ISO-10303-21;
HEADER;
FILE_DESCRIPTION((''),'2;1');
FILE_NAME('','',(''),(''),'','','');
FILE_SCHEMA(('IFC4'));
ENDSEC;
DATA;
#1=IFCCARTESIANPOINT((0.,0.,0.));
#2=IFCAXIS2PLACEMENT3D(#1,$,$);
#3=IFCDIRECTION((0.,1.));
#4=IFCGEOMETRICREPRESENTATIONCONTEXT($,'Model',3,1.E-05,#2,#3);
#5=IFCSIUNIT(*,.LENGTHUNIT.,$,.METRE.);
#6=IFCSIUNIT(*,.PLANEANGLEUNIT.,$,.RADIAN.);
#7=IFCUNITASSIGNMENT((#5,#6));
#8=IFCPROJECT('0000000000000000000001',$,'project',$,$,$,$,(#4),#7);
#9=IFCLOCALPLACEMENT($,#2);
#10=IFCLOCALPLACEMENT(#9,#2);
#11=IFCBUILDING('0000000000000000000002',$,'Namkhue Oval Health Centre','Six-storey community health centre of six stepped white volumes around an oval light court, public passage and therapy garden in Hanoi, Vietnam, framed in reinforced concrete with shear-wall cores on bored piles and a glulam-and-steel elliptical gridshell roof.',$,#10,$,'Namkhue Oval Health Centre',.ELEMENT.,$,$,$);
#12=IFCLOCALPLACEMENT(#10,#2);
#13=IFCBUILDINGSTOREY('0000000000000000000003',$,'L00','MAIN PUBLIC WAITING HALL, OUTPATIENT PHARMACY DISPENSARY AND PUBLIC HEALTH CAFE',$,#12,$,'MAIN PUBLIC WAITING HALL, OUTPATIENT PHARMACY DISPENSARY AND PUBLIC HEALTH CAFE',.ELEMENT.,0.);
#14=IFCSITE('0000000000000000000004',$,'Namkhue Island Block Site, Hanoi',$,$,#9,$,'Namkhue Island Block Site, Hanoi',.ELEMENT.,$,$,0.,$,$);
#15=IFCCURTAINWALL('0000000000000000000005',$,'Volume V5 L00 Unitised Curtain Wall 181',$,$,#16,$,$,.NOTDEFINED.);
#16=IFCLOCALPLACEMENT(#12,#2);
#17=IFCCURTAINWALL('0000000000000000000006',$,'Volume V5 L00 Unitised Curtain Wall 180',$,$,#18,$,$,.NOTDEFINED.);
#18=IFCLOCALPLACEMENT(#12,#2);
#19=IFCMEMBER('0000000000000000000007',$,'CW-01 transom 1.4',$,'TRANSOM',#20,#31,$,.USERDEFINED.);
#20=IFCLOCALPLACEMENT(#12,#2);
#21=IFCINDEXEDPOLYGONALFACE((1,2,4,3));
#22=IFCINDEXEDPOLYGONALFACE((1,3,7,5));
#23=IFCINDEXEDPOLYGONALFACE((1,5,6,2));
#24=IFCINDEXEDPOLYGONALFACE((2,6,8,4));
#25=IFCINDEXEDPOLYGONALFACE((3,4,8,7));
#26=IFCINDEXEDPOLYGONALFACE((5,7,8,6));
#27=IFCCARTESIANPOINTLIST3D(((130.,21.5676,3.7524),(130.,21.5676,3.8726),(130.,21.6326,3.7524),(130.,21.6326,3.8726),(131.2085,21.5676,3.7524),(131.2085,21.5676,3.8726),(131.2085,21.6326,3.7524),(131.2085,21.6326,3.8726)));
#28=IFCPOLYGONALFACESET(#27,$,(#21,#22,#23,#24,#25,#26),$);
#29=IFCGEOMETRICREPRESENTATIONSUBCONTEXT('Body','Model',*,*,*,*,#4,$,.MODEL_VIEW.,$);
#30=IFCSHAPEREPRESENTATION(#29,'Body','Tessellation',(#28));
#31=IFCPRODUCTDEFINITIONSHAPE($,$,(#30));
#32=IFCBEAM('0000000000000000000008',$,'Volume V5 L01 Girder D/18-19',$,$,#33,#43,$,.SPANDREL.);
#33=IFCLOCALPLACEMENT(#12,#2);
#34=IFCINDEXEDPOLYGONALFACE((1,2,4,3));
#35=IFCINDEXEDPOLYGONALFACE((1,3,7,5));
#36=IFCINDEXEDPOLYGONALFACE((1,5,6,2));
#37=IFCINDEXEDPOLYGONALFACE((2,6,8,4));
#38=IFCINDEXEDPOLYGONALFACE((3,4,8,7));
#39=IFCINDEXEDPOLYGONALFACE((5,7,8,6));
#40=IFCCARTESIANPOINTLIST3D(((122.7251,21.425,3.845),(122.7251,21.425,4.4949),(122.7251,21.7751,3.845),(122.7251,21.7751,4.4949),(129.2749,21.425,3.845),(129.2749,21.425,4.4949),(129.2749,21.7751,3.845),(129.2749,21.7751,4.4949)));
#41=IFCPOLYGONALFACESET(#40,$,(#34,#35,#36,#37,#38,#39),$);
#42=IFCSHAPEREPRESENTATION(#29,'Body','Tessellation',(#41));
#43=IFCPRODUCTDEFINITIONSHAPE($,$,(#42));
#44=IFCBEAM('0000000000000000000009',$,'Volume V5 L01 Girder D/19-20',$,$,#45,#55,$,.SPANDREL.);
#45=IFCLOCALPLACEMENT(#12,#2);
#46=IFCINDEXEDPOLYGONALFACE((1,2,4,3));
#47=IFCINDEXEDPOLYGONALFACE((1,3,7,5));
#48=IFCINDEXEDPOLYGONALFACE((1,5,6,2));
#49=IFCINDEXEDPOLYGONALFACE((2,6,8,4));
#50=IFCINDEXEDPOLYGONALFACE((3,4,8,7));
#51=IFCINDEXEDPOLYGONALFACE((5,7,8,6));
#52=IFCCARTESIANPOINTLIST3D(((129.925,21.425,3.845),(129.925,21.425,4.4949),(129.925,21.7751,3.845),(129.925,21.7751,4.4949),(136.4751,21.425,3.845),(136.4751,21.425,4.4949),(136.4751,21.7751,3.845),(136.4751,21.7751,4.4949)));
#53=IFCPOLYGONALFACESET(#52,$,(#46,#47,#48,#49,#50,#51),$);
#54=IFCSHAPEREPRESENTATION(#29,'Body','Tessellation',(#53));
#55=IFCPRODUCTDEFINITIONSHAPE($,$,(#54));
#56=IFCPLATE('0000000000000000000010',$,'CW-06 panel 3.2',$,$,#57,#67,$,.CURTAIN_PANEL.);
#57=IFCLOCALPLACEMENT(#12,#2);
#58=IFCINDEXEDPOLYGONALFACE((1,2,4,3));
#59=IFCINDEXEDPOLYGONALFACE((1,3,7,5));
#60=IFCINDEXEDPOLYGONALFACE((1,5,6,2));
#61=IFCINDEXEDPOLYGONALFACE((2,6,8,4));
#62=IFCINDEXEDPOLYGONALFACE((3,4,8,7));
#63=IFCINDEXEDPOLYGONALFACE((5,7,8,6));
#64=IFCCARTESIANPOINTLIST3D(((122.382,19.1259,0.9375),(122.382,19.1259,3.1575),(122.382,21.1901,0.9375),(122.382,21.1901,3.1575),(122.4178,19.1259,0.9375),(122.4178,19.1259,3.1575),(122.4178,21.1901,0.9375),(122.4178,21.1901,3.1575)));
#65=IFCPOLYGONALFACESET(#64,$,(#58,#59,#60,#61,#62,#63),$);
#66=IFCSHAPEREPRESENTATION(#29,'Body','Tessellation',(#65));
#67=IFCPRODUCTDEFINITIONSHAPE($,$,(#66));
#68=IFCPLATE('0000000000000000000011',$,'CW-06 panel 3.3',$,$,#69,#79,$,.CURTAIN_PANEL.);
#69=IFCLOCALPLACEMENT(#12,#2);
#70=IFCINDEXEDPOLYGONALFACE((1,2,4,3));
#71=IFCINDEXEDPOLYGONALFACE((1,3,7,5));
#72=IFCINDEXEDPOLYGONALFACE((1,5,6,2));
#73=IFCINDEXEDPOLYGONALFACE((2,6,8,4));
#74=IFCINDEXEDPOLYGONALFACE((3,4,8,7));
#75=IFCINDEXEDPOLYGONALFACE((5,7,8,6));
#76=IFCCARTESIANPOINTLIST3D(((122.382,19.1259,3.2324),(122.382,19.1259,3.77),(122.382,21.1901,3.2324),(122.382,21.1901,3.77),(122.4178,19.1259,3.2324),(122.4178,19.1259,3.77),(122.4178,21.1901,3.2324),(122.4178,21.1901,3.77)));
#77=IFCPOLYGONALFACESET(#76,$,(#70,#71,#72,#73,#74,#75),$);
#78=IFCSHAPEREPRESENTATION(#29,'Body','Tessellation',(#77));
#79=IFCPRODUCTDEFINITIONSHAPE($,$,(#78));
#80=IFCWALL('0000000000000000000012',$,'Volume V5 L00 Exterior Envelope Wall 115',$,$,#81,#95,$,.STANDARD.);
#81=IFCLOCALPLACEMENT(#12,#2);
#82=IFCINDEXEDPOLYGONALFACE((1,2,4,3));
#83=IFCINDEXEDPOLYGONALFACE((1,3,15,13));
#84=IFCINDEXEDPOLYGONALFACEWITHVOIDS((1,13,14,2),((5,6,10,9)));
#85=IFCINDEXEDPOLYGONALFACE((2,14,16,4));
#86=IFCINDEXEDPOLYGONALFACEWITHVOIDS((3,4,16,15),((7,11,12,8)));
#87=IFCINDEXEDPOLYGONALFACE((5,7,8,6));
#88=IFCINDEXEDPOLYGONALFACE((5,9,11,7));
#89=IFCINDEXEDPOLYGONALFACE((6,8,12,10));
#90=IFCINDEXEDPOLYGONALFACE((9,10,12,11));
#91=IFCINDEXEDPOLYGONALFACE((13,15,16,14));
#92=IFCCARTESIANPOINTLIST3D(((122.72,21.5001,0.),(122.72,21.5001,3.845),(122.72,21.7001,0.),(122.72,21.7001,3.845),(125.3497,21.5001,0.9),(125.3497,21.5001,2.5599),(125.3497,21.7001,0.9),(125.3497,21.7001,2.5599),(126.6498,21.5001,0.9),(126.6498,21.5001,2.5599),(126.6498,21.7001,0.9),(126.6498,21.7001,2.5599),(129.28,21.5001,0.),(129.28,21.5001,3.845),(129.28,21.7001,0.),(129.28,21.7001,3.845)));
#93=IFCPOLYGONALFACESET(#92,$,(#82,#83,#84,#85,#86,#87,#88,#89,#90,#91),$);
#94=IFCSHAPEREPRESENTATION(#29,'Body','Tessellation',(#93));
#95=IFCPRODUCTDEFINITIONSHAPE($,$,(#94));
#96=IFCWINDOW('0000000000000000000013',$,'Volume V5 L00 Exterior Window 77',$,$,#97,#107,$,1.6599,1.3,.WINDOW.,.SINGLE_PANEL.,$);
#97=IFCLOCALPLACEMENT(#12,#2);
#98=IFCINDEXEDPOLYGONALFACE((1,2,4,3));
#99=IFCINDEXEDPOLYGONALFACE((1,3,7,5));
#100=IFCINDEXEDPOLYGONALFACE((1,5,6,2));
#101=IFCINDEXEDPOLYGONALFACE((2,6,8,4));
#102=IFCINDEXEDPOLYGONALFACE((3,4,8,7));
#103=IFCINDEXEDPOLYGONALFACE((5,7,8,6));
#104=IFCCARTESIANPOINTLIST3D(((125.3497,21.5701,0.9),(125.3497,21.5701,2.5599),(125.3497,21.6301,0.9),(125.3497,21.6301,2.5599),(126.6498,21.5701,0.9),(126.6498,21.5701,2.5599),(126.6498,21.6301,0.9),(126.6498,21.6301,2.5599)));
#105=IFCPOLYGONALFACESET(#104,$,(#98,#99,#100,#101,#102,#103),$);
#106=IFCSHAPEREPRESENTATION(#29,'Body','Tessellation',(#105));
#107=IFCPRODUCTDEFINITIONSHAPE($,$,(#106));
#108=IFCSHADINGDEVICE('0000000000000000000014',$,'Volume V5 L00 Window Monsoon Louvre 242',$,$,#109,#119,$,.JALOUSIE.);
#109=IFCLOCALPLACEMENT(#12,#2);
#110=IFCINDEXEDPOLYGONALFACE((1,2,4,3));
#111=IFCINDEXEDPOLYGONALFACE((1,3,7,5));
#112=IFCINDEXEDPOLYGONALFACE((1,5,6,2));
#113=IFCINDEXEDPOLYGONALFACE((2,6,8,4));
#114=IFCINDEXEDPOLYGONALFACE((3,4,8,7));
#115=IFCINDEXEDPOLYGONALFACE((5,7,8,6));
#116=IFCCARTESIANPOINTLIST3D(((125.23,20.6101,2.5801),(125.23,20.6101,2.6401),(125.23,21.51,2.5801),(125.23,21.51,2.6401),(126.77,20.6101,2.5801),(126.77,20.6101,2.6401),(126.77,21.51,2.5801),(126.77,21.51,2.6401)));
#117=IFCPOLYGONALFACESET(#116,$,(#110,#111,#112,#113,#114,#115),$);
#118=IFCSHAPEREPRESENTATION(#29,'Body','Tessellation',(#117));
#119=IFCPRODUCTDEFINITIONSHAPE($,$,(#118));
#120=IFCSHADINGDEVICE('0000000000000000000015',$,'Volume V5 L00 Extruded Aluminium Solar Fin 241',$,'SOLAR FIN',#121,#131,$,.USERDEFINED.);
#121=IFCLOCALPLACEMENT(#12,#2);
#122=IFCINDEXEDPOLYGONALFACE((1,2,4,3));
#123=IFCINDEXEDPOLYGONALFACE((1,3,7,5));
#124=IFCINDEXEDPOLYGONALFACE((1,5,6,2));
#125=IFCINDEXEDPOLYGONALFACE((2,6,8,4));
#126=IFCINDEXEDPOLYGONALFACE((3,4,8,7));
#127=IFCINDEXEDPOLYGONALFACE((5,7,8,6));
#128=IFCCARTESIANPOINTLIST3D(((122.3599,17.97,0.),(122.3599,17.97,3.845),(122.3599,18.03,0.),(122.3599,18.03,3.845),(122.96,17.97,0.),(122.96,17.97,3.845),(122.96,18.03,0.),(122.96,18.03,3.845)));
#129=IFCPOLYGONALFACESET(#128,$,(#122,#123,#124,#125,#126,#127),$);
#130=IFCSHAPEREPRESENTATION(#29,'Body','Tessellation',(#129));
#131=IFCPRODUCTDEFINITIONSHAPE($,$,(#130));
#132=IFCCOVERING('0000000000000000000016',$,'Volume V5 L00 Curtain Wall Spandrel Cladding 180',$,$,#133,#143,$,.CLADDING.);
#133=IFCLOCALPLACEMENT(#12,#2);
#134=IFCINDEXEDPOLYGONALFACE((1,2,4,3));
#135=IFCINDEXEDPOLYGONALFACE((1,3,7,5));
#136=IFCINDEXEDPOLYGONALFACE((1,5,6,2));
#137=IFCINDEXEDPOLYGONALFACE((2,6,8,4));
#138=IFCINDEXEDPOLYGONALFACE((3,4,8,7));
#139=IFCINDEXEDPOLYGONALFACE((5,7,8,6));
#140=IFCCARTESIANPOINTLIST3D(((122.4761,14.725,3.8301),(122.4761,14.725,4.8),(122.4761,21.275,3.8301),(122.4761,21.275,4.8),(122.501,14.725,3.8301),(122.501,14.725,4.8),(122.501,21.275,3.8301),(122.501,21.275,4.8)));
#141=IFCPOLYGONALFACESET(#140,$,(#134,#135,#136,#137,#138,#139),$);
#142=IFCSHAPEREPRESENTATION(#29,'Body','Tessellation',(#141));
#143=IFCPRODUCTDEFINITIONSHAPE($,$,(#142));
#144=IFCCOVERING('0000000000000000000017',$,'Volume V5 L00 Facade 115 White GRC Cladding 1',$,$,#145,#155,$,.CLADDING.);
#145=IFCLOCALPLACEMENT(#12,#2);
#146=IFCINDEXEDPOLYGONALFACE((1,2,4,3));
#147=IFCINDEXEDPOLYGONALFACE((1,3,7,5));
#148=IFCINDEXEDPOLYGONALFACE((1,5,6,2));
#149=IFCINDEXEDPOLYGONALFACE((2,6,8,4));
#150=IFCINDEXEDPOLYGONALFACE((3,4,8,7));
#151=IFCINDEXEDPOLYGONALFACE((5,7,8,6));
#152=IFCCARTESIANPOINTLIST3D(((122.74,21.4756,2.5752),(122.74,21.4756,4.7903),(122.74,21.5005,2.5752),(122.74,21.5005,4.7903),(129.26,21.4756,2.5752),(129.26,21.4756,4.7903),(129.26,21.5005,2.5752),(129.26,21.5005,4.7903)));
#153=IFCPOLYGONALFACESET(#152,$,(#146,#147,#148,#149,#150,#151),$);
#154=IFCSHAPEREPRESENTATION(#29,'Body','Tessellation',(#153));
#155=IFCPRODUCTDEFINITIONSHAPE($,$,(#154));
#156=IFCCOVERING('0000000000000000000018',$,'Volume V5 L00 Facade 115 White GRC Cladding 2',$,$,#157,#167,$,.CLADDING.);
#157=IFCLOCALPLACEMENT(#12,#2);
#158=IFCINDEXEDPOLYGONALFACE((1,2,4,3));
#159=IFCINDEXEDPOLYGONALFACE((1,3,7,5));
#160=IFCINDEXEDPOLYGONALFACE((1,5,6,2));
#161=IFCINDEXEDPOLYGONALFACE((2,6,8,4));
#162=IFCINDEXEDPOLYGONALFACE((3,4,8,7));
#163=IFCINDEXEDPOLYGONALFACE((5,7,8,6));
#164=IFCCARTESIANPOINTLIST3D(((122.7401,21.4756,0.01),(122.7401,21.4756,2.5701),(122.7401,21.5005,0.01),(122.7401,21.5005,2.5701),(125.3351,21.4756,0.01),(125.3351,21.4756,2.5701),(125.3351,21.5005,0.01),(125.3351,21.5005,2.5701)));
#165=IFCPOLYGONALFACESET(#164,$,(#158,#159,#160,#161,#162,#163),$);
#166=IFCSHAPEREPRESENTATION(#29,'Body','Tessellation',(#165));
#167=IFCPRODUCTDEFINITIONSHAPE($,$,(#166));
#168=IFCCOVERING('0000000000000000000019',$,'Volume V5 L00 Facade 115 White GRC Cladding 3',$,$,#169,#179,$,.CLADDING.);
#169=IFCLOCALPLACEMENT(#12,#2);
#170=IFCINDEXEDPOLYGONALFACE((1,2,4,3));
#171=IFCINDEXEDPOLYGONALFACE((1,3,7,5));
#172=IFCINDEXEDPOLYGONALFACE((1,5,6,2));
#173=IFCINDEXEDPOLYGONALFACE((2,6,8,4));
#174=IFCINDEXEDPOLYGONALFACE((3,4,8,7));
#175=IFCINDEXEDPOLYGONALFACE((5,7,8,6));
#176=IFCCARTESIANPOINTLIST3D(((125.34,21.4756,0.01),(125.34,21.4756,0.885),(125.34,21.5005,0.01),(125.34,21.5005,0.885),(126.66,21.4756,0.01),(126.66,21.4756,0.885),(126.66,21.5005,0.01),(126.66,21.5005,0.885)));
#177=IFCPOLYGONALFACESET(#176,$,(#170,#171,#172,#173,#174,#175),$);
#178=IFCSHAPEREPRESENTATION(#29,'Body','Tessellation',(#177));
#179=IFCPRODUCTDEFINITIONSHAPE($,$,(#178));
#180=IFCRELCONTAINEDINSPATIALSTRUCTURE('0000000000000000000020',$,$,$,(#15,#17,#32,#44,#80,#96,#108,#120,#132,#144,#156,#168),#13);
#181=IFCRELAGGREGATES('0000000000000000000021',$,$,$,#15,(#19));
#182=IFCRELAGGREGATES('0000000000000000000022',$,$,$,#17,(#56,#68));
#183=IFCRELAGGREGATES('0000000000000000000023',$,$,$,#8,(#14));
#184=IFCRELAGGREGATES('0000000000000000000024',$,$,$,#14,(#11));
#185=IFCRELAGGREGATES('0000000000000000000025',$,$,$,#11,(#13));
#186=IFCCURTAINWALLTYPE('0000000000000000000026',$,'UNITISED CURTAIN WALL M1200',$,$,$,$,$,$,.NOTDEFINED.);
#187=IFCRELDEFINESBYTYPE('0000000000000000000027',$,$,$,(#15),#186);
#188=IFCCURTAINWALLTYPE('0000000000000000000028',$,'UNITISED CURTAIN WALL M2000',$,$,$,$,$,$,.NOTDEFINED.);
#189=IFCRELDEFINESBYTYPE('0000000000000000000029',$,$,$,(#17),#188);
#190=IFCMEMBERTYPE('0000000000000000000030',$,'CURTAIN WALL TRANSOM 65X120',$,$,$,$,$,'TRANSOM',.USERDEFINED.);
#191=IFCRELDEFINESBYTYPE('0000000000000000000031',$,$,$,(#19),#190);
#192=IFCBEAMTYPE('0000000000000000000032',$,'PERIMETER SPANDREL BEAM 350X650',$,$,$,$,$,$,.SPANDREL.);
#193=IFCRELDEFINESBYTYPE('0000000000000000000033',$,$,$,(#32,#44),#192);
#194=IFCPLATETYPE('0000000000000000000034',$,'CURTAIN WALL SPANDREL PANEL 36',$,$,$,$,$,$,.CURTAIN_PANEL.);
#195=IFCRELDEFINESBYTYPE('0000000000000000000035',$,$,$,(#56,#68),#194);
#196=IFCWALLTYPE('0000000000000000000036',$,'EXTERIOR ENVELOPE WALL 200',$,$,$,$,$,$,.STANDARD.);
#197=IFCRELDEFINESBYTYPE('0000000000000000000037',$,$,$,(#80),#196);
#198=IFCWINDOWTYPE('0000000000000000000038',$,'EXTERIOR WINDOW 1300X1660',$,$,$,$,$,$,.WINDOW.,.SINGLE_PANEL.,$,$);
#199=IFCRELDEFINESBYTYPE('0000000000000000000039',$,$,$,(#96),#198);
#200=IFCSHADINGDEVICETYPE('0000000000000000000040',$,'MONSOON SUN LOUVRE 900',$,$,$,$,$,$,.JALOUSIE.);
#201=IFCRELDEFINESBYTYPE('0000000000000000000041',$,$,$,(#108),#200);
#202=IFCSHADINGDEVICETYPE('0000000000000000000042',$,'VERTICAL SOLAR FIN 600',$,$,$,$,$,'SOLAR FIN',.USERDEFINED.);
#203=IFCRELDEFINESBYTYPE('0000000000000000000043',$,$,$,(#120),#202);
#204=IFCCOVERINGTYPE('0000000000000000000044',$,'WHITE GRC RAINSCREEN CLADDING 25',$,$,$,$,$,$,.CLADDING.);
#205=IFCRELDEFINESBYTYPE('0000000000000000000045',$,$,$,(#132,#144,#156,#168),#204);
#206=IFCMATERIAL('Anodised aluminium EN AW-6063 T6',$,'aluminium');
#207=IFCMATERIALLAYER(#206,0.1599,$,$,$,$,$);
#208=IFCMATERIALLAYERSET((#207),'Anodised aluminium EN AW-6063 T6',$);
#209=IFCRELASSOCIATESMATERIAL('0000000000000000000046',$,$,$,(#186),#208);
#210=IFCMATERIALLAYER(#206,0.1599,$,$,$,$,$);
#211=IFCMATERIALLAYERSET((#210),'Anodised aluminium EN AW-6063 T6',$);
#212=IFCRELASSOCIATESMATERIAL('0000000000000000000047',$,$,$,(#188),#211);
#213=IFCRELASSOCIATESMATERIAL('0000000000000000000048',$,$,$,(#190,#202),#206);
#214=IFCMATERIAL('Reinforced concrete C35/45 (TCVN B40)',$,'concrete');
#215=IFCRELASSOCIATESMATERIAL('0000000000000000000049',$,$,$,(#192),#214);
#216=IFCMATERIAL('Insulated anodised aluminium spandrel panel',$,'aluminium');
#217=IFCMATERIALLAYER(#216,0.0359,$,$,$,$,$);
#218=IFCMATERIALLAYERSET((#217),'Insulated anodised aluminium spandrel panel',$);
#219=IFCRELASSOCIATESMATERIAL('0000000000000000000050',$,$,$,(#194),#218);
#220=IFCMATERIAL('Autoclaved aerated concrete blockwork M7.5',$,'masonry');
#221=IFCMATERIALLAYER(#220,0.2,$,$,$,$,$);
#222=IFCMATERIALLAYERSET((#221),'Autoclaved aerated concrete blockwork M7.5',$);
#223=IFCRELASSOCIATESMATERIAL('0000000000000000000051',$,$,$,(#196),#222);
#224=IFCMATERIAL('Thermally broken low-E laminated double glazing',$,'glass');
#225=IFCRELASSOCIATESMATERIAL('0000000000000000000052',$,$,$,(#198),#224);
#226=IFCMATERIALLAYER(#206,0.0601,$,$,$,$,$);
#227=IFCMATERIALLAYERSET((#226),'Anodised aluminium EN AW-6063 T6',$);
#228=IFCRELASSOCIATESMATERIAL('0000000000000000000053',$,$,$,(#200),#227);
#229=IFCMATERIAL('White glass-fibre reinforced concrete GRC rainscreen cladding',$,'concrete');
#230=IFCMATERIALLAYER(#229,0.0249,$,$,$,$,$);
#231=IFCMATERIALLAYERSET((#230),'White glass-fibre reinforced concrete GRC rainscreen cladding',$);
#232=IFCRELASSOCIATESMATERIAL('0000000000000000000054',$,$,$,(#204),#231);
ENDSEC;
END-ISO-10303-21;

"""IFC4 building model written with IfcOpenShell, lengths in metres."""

from ifc_helpers import new_model, si_unit, direction, frame, frame_2d, origin, origin_2d, place, context, subcontext, project, spatial, rectangle, extrude, material, layer, layer_set, material_profile, profile_set, type_object, element, fill, aggregate, save


model = new_model("IFC4")

# Units and contexts
model_context = context("Model", 3, precision=1e-05, world=origin(), true_north=direction((0.0, 1.0)))
body_context = subcontext(model_context, "Body", "Model", "MODEL_VIEW")
ifc_project = project(units=[si_unit("LENGTHUNIT", "METRE"), si_unit("PLANEANGLEUNIT", "RADIAN")], contexts=[model_context])

# Site, building, storey
site_placement = place(None, origin())
site = spatial("IfcSite", under=ifc_project, at=site_placement, Name="Namkhue Island Block Site, Hanoi", LongName="Namkhue Island Block Site, Hanoi", CompositionType="ELEMENT", RefElevation=0.0)
building_placement = place(site_placement, origin())
building = spatial("IfcBuilding", under=site, at=building_placement, Name="Namkhue Oval Health Centre", Description="Six-storey community health centre of six stepped white volumes around an oval light court, public passage and therapy garden in Hanoi, Vietnam, framed in reinforced concrete with shear-wall cores on bored piles and a glulam-and-steel elliptical gridshell roof.", LongName="Namkhue Oval Health Centre", CompositionType="ELEMENT")
storey_placement = place(building_placement, origin())
storey = spatial("IfcBuildingStorey", under=building, at=storey_placement, Name="L00", Description="MAIN PUBLIC WAITING HALL, OUTPATIENT PHARMACY DISPENSARY AND PUBLIC HEALTH CAFE", LongName="MAIN PUBLIC WAITING HALL, OUTPATIENT PHARMACY DISPENSARY AND PUBLIC HEALTH CAFE", CompositionType="ELEMENT", Elevation=0.0)

# Shared definitions
ifc_material_1 = material(Name="Reinforced concrete C35/45 (TCVN B40)", Category="concrete")

# Curtain walls
ifc_material_2 = material(Name="Anodised aluminium EN AW-6063 T6", Category="aluminium")
ifc_layer_1 = layer(ifc_material_2, 0.1599)
ifc_layer_set_1 = layer_set([ifc_layer_1], Name="Anodised aluminium EN AW-6063 T6")
curtain_wall_type_1 = type_object("IfcCurtainWallType", Name="UNITISED CURTAIN WALL M1200", PredefinedType="NOTDEFINED", material=ifc_layer_set_1)
curtain_wall_1_placement = place(storey_placement, origin())
curtain_wall_1 = element("IfcCurtainWall", 1, at=curtain_wall_1_placement, inside=storey, type_object=curtain_wall_type_1, Name="Volume V5 L00 Unitised Curtain Wall 181", PredefinedType="NOTDEFINED")
ifc_layer_2 = layer(ifc_material_2, 0.1599)
ifc_layer_set_2 = layer_set([ifc_layer_2], Name="Anodised aluminium EN AW-6063 T6")
curtain_wall_type_2 = type_object("IfcCurtainWallType", Name="UNITISED CURTAIN WALL M2000", PredefinedType="NOTDEFINED", material=ifc_layer_set_2)
curtain_wall_2_placement = place(storey_placement, origin())
curtain_wall_2 = element("IfcCurtainWall", 2, at=curtain_wall_2_placement, inside=storey, type_object=curtain_wall_type_2, Name="Volume V5 L00 Unitised Curtain Wall 180", PredefinedType="NOTDEFINED")

# Member
ifc_material_profile_1 = material_profile(ifc_material_2, rectangle(XDim=0.0649, YDim=0.1201, at=origin_2d()), Name="ALU 65x120")
ifc_profile_set_1 = profile_set([ifc_material_profile_1], Name="Anodised aluminium EN AW-6063 T6")
member_type_1 = type_object("IfcMemberType", Name="CURTAIN WALL TRANSOM 65X120", ElementType="TRANSOM", PredefinedType="USERDEFINED", material=ifc_profile_set_1)
member_1_placement = place(storey_placement, frame((130.0, 21.6001, 3.8125), z_axis=(1.0, 0.0, 0.0), x_axis=(0.0, 1.0, 0.0)))
member_1 = element("IfcMember", 3, at=member_1_placement, type_object=member_type_1, Name="CW-01 transom 1.4", ObjectType="TRANSOM", PredefinedType="USERDEFINED", context=body_context, shape_type="SweptSolid", body=[
    extrude(rectangle(XDim=0.0649, YDim=0.1201, at=origin_2d()), origin(), (0.0, 0.0, 1.0), 1.2085),
])
aggregate(curtain_wall_1, [member_1])

# Beams
ifc_material_profile_2 = material_profile(ifc_material_1, rectangle(XDim=0.3501, YDim=0.6499, at=origin_2d()), Name="RC 350x650")
ifc_profile_set_2 = profile_set([ifc_material_profile_2], Name="Reinforced concrete C35/45 (TCVN B40)")
beam_type = type_object("IfcBeamType", Name="PERIMETER SPANDREL BEAM 350X650", PredefinedType="SPANDREL", material=ifc_profile_set_2)
beam_1_placement = place(storey_placement, frame((122.7251, 21.6001, 4.1699), z_axis=(1.0, 0.0, 0.0), x_axis=(0.0, 1.0, 0.0)))
element("IfcBeam", 4, at=beam_1_placement, inside=storey, type_object=beam_type, Name="Volume V5 L01 Girder D/18-19", PredefinedType="SPANDREL", context=body_context, shape_type="SweptSolid", body=[
    extrude(rectangle(XDim=0.3501, YDim=0.6499, at=origin_2d()), origin(), (0.0, 0.0, 1.0), 6.5498),
])
beam_2_placement = place(storey_placement, frame((129.925, 21.6001, 4.1699), z_axis=(1.0, 0.0, 0.0), x_axis=(0.0, 1.0, 0.0)))
element("IfcBeam", 5, at=beam_2_placement, inside=storey, type_object=beam_type, Name="Volume V5 L01 Girder D/19-20", PredefinedType="SPANDREL", context=body_context, shape_type="SweptSolid", body=[
    extrude(rectangle(XDim=0.3501, YDim=0.6499, at=origin_2d()), origin(), (0.0, 0.0, 1.0), 6.55),
])

# Plates
ifc_material_3 = material(Name="Insulated anodised aluminium spandrel panel", Category="aluminium")
ifc_layer_3 = layer(ifc_material_3, 0.0359)
ifc_layer_set_3 = layer_set([ifc_layer_3], Name="Insulated anodised aluminium spandrel panel")
plate_type = type_object("IfcPlateType", Name="CURTAIN WALL SPANDREL PANEL 36", PredefinedType="CURTAIN_PANEL", material=ifc_layer_set_3)
plate_1_placement = place(storey_placement, frame((122.3999, 20.158, 0.9375), z_axis=(0.0, 0.0, 1.0), x_axis=(0.0, 1.0, 0.0)))
plate_1 = element("IfcPlate", 6, at=plate_1_placement, type_object=plate_type, Name="CW-06 panel 3.2", PredefinedType="CURTAIN_PANEL", context=body_context, shape_type="SweptSolid", body=[
    extrude(rectangle(XDim=2.0642, YDim=0.0359, at=origin_2d()), origin(), (0.0, 0.0, 1.0), 2.22),
])
plate_2_placement = place(storey_placement, frame((122.3999, 20.158, 3.2324), z_axis=(0.0, 0.0, 1.0), x_axis=(0.0, 1.0, 0.0)))
plate_2 = element("IfcPlate", 7, at=plate_2_placement, type_object=plate_type, Name="CW-06 panel 3.3", PredefinedType="CURTAIN_PANEL", context=body_context, shape_type="SweptSolid", body=[
    extrude(rectangle(XDim=2.0642, YDim=0.0359, at=origin_2d()), origin(), (0.0, 0.0, 1.0), 0.5376),
])
aggregate(curtain_wall_2, [plate_1, plate_2])

# Wall, opening, window
ifc_material_4 = material(Name="Autoclaved aerated concrete blockwork M7.5", Category="masonry")
ifc_layer_4 = layer(ifc_material_4, 0.2)
ifc_layer_set_4 = layer_set([ifc_layer_4], Name="Autoclaved aerated concrete blockwork M7.5")
wall_type = type_object("IfcWallType", Name="EXTERIOR ENVELOPE WALL 200", PredefinedType="STANDARD", material=ifc_layer_set_4)
wall_placement = place(storey_placement, frame((122.72, 21.6001, 0.0), z_axis=(0.0, 0.0, 1.0), x_axis=(1.0, 0.0, 0.0)))
wall = element("IfcWall", 8, at=wall_placement, inside=storey, type_object=wall_type, Name="Volume V5 L00 Exterior Envelope Wall 115", PredefinedType="STANDARD", context=body_context, shape_type="SweptSolid", body=[
    extrude(rectangle(XDim=6.5601, YDim=0.2, at=frame_2d((3.28, 0.0))), origin(), (0.0, 0.0, 1.0), 3.845),
])
opening_placement = place(wall_placement, frame((2.6299, 0.0, 0.8999)))
opening = element("IfcOpeningElement", 9, at=opening_placement, cuts=wall, PredefinedType="OPENING", context=body_context, shape_type="SweptSolid", body=[
    extrude(rectangle(XDim=1.3, YDim=1.6599, at=frame_2d((0.6499, 0.8301))), frame((0.0, 0.1099, 0.0), z_axis=(0.0, -1.0, 0.0), x_axis=(1.0, 0.0, 0.0)), (0.0, 0.0, 1.0), 0.22),
])
ifc_material_5 = material(Name="Thermally broken low-E laminated double glazing", Category="glass")
window_type = type_object("IfcWindowType", Name="EXTERIOR WINDOW 1300X1660", PartitioningType="SINGLE_PANEL", PredefinedType="WINDOW", material=ifc_material_5)
window_placement = place(opening_placement, origin())
window = element("IfcWindow", 10, at=window_placement, inside=storey, type_object=window_type, Name="Volume V5 L00 Exterior Window 77", OverallHeight=1.6599, OverallWidth=1.3, PartitioningType="SINGLE_PANEL", PredefinedType="WINDOW", context=body_context, shape_type="SweptSolid", body=[
    extrude(rectangle(XDim=1.3, YDim=1.6599, at=frame_2d((0.6499, 0.8301))), frame((0.0, 0.03, 0.0), z_axis=(0.0, -1.0, 0.0), x_axis=(1.0, 0.0, 0.0)), (0.0, 0.0, 1.0), 0.0601),
])
fill(opening, window)

# Shading devices
ifc_layer_5 = layer(ifc_material_2, 0.0601)
ifc_layer_set_5 = layer_set([ifc_layer_5], Name="Anodised aluminium EN AW-6063 T6")
shading_device_type_1 = type_object("IfcShadingDeviceType", Name="MONSOON SUN LOUVRE 900", PredefinedType="JALOUSIE", material=ifc_layer_set_5)
shading_device_1_placement = place(storey_placement, frame((126.0, 21.0601, 2.5801), z_axis=(0.0, 0.0, 1.0), x_axis=(1.0, 0.0, 0.0)))
element("IfcShadingDevice", 11, at=shading_device_1_placement, inside=storey, type_object=shading_device_type_1, Name="Volume V5 L00 Window Monsoon Louvre 242", PredefinedType="JALOUSIE", context=body_context, shape_type="SweptSolid", body=[
    extrude(rectangle(XDim=1.54, YDim=0.8999, at=origin_2d()), origin(), (0.0, 0.0, 1.0), 0.0601),
])
shading_device_type_2 = type_object("IfcShadingDeviceType", Name="VERTICAL SOLAR FIN 600", ElementType="SOLAR FIN", PredefinedType="USERDEFINED", material=ifc_material_2)
shading_device_2_placement = place(storey_placement, frame((122.6599, 18.0, 0.0), z_axis=(0.0, 0.0, 1.0), x_axis=(1.0, 0.0, 0.0)))
element("IfcShadingDevice", 12, at=shading_device_2_placement, inside=storey, type_object=shading_device_type_2, Name="Volume V5 L00 Extruded Aluminium Solar Fin 241", ObjectType="SOLAR FIN", PredefinedType="USERDEFINED", context=body_context, shape_type="SweptSolid", body=[
    extrude(rectangle(XDim=0.6001, YDim=0.0601, at=origin_2d()), origin(), (0.0, 0.0, 1.0), 3.845),
])

# Coverings
ifc_material_6 = material(Name="White glass-fibre reinforced concrete GRC rainscreen cladding", Category="concrete")
ifc_layer_6 = layer(ifc_material_6, 0.0249)
ifc_layer_set_6 = layer_set([ifc_layer_6], Name="White glass-fibre reinforced concrete GRC rainscreen cladding")
covering_type = type_object("IfcCoveringType", Name="WHITE GRC RAINSCREEN CLADDING 25", PredefinedType="CLADDING", material=ifc_layer_set_6)
covering_1_placement = place(storey_placement, frame((122.4885, 18.0, 3.8301), z_axis=(0.0, 0.0, 1.0), x_axis=(0.0, 1.0, 0.0)))
element("IfcCovering", 13, at=covering_1_placement, inside=storey, type_object=covering_type, Name="Volume V5 L00 Curtain Wall Spandrel Cladding 180", PredefinedType="CLADDING", context=body_context, shape_type="SweptSolid", body=[
    extrude(rectangle(XDim=6.55, YDim=0.0249, at=origin_2d()), origin(), (0.0, 0.0, 1.0), 0.97),
])
covering_2_placement = place(storey_placement, frame((126.0, 21.488, 2.5752), z_axis=(0.0, 0.0, 1.0), x_axis=(1.0, 0.0, 0.0)))
element("IfcCovering", 14, at=covering_2_placement, inside=storey, type_object=covering_type, Name="Volume V5 L00 Facade 115 White GRC Cladding 1", PredefinedType="CLADDING", context=body_context, shape_type="SweptSolid", body=[
    extrude(rectangle(XDim=6.52, YDim=0.0249, at=origin_2d()), origin(), (0.0, 0.0, 1.0), 2.2151),
])
covering_3_placement = place(storey_placement, frame((124.0376, 21.488, 0.01), z_axis=(0.0, 0.0, 1.0), x_axis=(1.0, 0.0, 0.0)))
element("IfcCovering", 15, at=covering_3_placement, inside=storey, type_object=covering_type, Name="Volume V5 L00 Facade 115 White GRC Cladding 2", PredefinedType="CLADDING", context=body_context, shape_type="SweptSolid", body=[
    extrude(rectangle(XDim=2.595, YDim=0.0249, at=origin_2d()), origin(), (0.0, 0.0, 1.0), 2.5601),
])
covering_4_placement = place(storey_placement, frame((126.0, 21.488, 0.01), z_axis=(0.0, 0.0, 1.0), x_axis=(1.0, 0.0, 0.0)))
element("IfcCovering", 16, at=covering_4_placement, inside=storey, type_object=covering_type, Name="Volume V5 L00 Facade 115 White GRC Cladding 3", PredefinedType="CLADDING", context=body_context, shape_type="SweptSolid", body=[
    extrude(rectangle(XDim=1.3201, YDim=0.0249, at=origin_2d()), origin(), (0.0, 0.0, 1.0), 0.875),
])

save(model, "model.ifc")
